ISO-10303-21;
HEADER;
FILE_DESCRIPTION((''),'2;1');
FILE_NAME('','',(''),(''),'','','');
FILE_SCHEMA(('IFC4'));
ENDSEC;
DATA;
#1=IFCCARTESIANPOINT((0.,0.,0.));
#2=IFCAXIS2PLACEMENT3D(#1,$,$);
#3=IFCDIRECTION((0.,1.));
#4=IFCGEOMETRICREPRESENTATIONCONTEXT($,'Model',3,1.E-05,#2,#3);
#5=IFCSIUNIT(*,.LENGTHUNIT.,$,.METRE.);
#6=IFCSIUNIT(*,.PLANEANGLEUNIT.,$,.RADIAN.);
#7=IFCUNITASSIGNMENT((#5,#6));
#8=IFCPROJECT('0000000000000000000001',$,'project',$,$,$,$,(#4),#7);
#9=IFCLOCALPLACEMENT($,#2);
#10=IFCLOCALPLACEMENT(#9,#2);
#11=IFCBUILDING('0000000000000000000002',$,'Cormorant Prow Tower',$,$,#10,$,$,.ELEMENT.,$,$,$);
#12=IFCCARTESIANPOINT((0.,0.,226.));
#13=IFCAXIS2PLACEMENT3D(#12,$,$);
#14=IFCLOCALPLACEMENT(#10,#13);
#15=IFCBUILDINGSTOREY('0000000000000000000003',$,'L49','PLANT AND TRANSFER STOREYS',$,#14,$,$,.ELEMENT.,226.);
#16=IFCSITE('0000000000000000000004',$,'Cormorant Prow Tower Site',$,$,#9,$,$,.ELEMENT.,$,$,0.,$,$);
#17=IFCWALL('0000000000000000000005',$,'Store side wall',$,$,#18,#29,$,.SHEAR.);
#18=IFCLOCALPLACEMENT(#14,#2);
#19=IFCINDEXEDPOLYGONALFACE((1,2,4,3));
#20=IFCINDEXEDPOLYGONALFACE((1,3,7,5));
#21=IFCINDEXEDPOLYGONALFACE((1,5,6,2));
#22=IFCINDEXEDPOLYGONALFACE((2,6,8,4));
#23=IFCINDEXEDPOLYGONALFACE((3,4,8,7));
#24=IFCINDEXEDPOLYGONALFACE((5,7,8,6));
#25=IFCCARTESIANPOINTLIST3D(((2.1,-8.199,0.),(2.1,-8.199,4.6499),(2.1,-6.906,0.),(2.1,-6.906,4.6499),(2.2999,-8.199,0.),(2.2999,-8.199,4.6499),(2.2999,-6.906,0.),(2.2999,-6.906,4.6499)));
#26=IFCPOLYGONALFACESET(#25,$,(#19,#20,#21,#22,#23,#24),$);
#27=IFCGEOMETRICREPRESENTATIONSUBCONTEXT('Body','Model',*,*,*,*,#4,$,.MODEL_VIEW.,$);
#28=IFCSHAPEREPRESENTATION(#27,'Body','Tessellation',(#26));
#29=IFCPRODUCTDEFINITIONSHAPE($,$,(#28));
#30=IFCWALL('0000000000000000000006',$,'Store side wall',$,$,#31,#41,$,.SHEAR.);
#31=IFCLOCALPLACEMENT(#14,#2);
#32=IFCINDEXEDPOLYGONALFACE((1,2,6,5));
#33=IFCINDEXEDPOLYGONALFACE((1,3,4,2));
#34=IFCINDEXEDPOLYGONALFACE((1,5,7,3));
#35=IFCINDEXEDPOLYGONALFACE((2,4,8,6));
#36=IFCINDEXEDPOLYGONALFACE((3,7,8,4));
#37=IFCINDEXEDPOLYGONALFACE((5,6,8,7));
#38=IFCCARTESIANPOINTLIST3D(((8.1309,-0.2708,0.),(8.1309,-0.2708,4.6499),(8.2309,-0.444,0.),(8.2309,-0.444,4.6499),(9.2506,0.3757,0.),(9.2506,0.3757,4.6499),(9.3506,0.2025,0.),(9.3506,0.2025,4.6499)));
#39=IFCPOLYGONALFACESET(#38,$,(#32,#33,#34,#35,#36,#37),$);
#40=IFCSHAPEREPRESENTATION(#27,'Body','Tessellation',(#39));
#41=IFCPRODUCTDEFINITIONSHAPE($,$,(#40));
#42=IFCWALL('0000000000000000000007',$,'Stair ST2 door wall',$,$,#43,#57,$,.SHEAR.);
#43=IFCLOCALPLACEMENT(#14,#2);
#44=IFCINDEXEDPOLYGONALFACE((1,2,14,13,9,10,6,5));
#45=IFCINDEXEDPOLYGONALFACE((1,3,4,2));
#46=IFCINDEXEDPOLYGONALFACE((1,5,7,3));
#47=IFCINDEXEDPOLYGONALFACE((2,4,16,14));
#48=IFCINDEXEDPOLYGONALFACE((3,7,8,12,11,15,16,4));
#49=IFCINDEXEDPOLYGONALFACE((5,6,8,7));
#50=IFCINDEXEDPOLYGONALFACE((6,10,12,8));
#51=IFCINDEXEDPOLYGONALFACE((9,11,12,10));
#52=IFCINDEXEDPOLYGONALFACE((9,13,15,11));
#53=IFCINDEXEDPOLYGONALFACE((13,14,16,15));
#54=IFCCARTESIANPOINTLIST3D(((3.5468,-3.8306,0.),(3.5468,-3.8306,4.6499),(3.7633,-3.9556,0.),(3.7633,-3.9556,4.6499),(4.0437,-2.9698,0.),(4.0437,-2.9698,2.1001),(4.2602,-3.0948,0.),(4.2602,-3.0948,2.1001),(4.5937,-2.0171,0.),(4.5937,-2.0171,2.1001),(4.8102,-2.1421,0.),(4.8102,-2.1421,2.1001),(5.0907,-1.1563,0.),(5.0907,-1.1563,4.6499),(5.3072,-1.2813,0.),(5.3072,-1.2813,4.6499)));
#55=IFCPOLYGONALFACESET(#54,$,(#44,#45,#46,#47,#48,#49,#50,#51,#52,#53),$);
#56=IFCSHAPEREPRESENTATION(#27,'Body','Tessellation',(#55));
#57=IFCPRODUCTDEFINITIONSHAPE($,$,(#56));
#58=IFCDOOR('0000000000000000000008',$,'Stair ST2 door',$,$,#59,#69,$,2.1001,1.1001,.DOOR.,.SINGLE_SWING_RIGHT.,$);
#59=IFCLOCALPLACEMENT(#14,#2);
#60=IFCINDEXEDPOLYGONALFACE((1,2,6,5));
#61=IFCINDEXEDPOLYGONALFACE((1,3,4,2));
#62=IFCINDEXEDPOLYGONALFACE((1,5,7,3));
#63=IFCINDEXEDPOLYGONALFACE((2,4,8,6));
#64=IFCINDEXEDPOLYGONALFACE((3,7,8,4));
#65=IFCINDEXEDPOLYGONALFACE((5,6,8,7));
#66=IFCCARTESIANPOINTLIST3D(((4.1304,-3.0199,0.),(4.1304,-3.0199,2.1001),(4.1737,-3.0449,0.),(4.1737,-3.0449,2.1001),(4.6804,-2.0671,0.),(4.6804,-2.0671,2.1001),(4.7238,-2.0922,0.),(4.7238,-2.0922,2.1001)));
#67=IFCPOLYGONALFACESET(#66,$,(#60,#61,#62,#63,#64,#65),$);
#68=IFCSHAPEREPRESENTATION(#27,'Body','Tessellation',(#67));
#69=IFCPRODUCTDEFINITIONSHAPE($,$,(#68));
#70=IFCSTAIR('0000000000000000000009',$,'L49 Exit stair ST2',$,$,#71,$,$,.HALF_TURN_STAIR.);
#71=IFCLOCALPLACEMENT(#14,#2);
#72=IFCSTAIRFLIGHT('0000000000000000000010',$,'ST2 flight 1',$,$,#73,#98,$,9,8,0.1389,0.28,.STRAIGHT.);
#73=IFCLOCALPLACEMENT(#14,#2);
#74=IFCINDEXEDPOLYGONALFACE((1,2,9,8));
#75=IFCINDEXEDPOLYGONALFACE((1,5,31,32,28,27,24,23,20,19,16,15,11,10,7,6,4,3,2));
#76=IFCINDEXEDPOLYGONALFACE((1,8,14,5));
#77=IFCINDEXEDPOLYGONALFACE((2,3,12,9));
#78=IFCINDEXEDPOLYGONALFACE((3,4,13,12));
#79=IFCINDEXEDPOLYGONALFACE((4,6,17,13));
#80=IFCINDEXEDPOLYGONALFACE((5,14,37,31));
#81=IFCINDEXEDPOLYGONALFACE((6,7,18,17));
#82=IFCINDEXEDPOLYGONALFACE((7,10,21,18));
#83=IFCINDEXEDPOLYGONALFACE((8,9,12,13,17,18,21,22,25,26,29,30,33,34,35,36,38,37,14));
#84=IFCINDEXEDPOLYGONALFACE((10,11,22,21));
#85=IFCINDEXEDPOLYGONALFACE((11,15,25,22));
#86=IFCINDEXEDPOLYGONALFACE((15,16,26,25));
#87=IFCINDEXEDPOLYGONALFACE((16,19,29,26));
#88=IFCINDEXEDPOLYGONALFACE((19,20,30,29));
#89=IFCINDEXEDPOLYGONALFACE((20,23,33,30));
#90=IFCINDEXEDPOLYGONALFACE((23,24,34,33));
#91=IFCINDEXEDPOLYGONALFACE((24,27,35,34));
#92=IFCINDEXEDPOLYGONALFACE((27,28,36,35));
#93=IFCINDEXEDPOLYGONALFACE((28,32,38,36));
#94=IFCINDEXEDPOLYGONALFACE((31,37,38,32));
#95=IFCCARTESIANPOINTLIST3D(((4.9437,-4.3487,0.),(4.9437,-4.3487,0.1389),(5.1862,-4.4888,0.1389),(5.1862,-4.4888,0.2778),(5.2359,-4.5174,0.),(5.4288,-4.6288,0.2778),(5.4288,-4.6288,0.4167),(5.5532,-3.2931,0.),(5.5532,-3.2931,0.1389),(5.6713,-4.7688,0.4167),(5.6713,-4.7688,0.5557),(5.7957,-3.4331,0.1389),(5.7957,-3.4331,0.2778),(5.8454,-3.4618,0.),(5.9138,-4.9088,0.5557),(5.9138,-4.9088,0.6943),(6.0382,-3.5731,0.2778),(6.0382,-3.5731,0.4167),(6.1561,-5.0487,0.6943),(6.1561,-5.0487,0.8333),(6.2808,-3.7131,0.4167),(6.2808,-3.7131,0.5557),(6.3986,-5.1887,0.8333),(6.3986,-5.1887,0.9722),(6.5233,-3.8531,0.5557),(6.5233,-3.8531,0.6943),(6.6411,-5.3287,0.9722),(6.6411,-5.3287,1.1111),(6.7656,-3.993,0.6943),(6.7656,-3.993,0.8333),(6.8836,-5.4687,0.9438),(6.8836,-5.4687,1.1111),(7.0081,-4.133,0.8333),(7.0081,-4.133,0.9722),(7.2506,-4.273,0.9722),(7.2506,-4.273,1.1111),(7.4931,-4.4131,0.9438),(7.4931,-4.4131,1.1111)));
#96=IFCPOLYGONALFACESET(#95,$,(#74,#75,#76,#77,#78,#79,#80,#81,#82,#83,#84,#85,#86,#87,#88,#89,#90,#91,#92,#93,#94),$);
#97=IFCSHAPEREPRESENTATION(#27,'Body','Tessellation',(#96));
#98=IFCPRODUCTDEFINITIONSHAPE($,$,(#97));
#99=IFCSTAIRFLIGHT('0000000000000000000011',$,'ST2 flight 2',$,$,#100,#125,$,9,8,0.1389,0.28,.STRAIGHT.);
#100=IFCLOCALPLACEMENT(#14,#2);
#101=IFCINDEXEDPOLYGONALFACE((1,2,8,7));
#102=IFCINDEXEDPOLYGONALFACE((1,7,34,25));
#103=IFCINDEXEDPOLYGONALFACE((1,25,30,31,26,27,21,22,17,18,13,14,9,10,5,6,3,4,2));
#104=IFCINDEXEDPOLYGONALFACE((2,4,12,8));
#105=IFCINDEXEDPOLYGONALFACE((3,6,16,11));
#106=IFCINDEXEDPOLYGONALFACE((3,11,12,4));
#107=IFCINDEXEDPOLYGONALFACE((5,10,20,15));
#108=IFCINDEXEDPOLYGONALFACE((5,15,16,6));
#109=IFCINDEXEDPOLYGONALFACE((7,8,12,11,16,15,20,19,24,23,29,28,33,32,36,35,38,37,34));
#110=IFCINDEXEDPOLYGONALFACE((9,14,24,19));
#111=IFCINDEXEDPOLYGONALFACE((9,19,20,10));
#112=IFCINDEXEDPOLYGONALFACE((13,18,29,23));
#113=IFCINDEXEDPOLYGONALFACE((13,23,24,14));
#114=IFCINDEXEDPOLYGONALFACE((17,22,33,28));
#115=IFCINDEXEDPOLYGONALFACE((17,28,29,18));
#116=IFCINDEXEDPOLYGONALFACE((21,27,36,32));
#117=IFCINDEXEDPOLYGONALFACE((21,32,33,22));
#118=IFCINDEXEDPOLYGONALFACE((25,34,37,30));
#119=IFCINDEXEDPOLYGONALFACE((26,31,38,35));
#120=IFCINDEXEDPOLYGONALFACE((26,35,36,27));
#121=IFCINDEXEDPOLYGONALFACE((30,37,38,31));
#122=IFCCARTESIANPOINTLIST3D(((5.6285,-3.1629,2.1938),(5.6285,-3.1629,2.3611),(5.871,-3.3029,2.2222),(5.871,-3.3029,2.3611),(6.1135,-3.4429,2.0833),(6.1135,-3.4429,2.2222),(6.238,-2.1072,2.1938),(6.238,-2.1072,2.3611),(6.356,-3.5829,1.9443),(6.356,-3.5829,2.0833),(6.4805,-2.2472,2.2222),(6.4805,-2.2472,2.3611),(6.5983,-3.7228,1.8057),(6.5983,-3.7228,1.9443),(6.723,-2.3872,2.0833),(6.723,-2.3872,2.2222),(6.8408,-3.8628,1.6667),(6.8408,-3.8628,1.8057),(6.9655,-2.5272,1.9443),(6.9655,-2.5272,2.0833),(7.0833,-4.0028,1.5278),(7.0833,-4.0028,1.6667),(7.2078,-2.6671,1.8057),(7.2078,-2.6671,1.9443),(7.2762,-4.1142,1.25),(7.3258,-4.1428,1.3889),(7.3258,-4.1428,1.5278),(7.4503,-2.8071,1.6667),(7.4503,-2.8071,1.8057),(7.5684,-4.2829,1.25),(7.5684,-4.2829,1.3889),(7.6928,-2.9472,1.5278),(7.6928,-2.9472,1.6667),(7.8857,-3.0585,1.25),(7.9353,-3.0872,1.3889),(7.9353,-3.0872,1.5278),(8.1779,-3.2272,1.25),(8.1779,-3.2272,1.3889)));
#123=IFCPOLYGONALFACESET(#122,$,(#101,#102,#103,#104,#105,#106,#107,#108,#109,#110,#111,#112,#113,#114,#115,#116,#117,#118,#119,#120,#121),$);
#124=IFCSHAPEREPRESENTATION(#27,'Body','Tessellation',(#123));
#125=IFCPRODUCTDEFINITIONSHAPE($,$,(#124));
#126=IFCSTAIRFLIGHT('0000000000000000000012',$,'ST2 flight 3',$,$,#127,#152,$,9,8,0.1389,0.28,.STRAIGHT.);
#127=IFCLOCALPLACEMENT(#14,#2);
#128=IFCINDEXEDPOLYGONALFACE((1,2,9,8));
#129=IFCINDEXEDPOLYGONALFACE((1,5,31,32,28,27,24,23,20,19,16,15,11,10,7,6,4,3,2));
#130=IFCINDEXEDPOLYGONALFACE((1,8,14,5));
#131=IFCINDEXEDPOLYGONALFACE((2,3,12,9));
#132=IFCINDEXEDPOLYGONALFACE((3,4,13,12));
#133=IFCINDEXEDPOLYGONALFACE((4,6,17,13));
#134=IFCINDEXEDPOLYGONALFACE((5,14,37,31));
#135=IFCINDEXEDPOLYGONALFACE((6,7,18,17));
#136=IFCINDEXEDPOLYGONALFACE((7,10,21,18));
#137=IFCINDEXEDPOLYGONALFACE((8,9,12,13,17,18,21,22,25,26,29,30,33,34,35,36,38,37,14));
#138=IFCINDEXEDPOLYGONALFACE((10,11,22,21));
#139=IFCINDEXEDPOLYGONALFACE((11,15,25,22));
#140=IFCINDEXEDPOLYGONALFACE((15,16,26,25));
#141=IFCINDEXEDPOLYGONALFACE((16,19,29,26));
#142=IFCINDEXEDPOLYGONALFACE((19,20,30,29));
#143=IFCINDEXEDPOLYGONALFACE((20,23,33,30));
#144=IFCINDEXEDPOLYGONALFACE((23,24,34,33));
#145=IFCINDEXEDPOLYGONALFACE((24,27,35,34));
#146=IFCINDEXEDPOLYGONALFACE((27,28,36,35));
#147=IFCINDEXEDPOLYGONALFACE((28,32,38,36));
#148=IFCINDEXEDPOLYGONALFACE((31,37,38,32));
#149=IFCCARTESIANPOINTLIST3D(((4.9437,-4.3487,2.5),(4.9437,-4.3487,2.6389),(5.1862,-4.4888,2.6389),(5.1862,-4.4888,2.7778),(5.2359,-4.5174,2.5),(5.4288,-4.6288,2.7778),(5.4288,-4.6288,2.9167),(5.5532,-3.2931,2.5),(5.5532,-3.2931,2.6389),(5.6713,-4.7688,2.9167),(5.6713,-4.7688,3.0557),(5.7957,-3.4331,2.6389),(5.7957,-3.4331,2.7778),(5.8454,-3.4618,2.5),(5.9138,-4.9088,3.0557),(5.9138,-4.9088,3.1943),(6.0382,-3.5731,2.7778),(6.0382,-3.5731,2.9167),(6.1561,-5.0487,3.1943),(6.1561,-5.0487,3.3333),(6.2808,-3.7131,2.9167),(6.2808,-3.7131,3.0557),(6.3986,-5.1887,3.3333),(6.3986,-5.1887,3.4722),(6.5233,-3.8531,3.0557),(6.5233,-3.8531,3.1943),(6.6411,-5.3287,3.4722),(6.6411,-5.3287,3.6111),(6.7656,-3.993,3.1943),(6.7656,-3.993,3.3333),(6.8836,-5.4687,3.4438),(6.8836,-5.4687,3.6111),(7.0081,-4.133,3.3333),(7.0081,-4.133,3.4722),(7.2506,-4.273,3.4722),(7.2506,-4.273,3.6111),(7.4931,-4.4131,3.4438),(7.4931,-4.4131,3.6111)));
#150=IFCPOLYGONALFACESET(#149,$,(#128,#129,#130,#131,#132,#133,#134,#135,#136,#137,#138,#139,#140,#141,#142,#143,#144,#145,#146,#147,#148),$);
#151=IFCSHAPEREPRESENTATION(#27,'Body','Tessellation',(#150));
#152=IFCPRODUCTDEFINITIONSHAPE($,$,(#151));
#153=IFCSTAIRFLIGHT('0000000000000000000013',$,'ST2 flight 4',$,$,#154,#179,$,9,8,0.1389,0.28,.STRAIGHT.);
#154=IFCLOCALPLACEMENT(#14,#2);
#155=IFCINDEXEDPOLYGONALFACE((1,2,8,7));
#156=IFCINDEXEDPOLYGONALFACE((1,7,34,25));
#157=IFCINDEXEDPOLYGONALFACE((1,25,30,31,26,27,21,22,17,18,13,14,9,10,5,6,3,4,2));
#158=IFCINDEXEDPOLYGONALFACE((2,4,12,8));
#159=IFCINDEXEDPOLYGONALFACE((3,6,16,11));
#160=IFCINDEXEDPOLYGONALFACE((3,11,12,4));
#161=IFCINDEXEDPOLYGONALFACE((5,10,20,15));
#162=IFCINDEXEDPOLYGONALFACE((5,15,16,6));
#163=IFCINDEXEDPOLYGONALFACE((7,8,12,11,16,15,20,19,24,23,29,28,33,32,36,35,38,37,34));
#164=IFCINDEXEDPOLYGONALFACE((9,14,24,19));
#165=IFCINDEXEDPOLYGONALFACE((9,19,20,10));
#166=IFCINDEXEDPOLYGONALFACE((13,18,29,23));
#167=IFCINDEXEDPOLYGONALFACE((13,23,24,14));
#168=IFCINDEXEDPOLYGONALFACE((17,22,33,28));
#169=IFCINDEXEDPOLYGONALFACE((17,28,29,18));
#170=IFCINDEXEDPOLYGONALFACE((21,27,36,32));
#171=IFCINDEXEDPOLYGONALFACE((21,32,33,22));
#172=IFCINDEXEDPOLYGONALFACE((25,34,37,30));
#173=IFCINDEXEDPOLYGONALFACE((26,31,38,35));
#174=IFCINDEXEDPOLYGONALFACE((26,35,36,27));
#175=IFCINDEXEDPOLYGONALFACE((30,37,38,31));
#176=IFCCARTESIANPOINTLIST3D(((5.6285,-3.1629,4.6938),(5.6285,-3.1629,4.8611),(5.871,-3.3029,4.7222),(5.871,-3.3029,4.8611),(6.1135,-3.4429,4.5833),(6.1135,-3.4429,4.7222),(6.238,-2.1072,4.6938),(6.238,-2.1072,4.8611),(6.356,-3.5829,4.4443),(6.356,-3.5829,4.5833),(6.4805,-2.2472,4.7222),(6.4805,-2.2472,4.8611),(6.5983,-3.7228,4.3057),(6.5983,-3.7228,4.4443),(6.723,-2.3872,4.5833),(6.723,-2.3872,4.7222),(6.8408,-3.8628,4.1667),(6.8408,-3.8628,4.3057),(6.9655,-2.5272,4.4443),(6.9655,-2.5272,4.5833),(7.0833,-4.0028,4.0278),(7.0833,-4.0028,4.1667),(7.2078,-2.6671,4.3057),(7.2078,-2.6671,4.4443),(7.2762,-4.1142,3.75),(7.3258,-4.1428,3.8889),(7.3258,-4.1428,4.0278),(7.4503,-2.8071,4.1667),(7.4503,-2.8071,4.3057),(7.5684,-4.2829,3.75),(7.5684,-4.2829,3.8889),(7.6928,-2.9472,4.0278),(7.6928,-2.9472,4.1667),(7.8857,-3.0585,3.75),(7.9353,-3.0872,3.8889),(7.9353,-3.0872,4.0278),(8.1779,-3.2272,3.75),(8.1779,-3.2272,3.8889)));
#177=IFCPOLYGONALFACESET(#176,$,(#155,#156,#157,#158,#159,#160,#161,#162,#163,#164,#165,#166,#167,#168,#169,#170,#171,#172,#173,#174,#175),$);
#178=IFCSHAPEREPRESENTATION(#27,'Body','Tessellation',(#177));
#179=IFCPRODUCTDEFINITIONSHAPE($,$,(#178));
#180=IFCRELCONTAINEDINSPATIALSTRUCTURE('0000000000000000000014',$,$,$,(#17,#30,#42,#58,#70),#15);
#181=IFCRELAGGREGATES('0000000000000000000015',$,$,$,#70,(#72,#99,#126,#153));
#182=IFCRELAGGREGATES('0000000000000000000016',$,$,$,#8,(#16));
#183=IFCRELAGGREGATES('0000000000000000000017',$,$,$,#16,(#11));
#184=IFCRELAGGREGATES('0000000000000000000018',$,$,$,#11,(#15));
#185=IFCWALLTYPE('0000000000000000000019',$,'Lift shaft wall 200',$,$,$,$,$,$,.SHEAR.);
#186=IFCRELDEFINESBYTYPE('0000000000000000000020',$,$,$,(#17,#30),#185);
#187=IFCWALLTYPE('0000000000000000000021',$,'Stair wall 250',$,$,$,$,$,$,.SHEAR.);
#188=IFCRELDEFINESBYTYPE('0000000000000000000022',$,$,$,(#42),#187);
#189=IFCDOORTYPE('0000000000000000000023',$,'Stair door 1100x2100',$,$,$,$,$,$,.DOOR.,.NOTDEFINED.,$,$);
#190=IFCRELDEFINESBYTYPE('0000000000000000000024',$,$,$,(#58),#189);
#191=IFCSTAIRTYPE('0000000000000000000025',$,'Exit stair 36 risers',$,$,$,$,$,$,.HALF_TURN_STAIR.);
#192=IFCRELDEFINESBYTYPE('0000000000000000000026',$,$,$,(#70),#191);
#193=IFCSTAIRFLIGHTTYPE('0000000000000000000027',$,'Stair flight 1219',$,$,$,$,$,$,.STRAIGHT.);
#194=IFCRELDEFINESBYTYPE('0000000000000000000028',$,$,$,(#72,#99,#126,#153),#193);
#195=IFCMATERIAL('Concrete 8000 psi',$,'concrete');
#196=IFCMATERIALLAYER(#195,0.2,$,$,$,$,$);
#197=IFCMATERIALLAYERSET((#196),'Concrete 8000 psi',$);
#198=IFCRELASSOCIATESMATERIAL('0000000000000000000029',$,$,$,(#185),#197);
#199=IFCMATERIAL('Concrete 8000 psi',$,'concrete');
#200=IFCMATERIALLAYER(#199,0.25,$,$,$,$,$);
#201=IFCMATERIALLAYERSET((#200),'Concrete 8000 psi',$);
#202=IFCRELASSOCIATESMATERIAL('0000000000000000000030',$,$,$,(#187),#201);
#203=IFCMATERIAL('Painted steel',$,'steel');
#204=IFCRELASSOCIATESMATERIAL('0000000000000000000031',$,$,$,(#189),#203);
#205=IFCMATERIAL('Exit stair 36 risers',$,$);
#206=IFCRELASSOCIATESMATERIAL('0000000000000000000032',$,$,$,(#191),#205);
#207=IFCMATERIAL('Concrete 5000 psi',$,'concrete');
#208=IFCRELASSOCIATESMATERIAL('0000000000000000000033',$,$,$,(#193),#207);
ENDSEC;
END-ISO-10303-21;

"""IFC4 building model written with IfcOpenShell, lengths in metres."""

from ifc_helpers import new_model, si_unit, direction, frame, frame_2d, origin, place, context, subcontext, project, spatial, polyline, rectangle, outline, extrude, material, layer, layer_set, type_object, element, fill, aggregate, save


model = new_model("IFC4")

# Units and contexts
model_context = context("Model", 3, precision=1e-05, world=origin(), true_north=direction((0.0, 1.0)))
body_context = subcontext(model_context, "Body", "Model", "MODEL_VIEW")
ifc_project = project(units=[si_unit("LENGTHUNIT", "METRE"), si_unit("PLANEANGLEUNIT", "RADIAN")], contexts=[model_context])

# Site, building, storey
site_placement = place(None, origin())
site = spatial("IfcSite", under=ifc_project, at=site_placement, Name="Cormorant Prow Tower Site", CompositionType="ELEMENT", RefElevation=0.0)
building_placement = place(site_placement, origin())
building = spatial("IfcBuilding", under=site, at=building_placement, Name="Cormorant Prow Tower", CompositionType="ELEMENT")
storey_placement = place(building_placement, frame((0.0, 0.0, 226.0)))
storey = spatial("IfcBuildingStorey", under=building, at=storey_placement, Name="L49", Description="PLANT AND TRANSFER STOREYS", CompositionType="ELEMENT", Elevation=226.0)

# Walls
ifc_material_1 = material(Name="Concrete 8000 psi", Category="concrete")
ifc_layer_1 = layer(ifc_material_1, 0.2)
ifc_layer_set_1 = layer_set([ifc_layer_1], Name="Concrete 8000 psi")
wall_type_1 = type_object("IfcWallType", Name="Lift shaft wall 200", PredefinedType="SHEAR", material=ifc_layer_set_1)
for number, where, z_axis, x_axis, name in (
    (1, (2.2, -6.906, 0.0), (0.0, 0.0, 1.0), (0.0, -1.0, 0.0), "Store side wall"),
    (2, (8.1809, -0.3574, 0.0), (0.0, 0.0, 1.0), (0.866003, 0.500038, 0.0), "Store side wall"),
):
    element("IfcWall", number, at=place(storey_placement, frame(where, z_axis=z_axis, x_axis=x_axis)), inside=storey, type_object=wall_type_1, Name=name, PredefinedType="SHEAR", context=body_context, shape_type="SweptSolid", body=[
        extrude(rectangle(XDim=1.293, YDim=0.2, at=frame_2d((0.6465, 0.0))), origin(), (0.0, 0.0, 1.0), 4.6499),
    ])

# Wall, opening, door
ifc_material_2 = material(Name="Concrete 8000 psi", Category="concrete")
ifc_layer_2 = layer(ifc_material_2, 0.25)
ifc_layer_set_2 = layer_set([ifc_layer_2], Name="Concrete 8000 psi")
wall_type_2 = type_object("IfcWallType", Name="Stair wall 250", PredefinedType="SHEAR", material=ifc_layer_set_2)
wall_1_placement = place(storey_placement, frame((3.655, -3.8931, 0.0), z_axis=(0.0, 0.0, 1.0), x_axis=(0.499983, 0.866035, 0.0)))
wall_1 = element("IfcWall", 3, at=wall_1_placement, inside=storey, type_object=wall_type_2, Name="Stair ST2 door wall", PredefinedType="SHEAR", context=body_context, shape_type="SweptSolid", body=[
    extrude(rectangle(XDim=3.0879, YDim=0.25, at=frame_2d((1.5439, 0.0))), origin(), (0.0, 0.0, 1.0), 4.6499),
])
opening_1_placement = place(wall_1_placement, frame((0.9939, 0.0, 0.0)))
opening_1 = element("IfcOpeningElement", 4, at=opening_1_placement, cuts=wall_1, PredefinedType="OPENING", context=body_context, shape_type="SweptSolid", body=[
    extrude(rectangle(XDim=1.1001, YDim=2.1001, at=frame_2d((0.55, 1.05))), frame((0.0, 0.135, 0.0), z_axis=(0.0, -1.0, 0.0), x_axis=(1.0, 0.0, 0.0)), (0.0, 0.0, 1.0), 0.27),
])
ifc_material_3 = material(Name="Painted steel", Category="steel")
door_type_1 = type_object("IfcDoorType", Name="Stair door 1100x2100", OperationType="NOTDEFINED", PredefinedType="DOOR", material=ifc_material_3)
door_1_placement = place(opening_1_placement, origin())
door_1 = element("IfcDoor", 5, at=door_1_placement, inside=storey, type_object=door_type_1, Name="Stair ST2 door", OperationType="SINGLE_SWING_RIGHT", OverallHeight=2.1001, OverallWidth=1.1001, PredefinedType="DOOR", context=body_context, shape_type="SweptSolid", body=[
    extrude(rectangle(XDim=1.1001, YDim=2.1001, at=frame_2d((0.55, 1.05))), frame((0.0, 0.0249, 0.0), z_axis=(0.0, -1.0, 0.0), x_axis=(1.0, 0.0, 0.0)), (0.0, 0.0, 1.0), 0.05),
])
fill(opening_1, door_1)

# Stair, stair flights
ifc_material_4 = material(Name="Exit stair 36 risers")
stair_type = type_object("IfcStairType", Name="Exit stair 36 risers", PredefinedType="HALF_TURN_STAIR", material=ifc_material_4)
stair_placement = place(storey_placement, origin())
stair = element("IfcStair", 6, at=stair_placement, inside=storey, type_object=stair_type, Name="L49 Exit stair ST2", PredefinedType="HALF_TURN_STAIR")
ifc_material_5 = material(Name="Concrete 5000 psi", Category="concrete")
stair_flight_type = type_object("IfcStairFlightType", Name="Stair flight 1219", PredefinedType="STRAIGHT", material=ifc_material_5)
stair_flight_1_placement = place(storey_placement, frame((5.2485, -3.8208, 0.0), z_axis=(0.0, 0.0, 1.0), x_axis=(0.866025, -0.5, 0.0)))
stair_flight_1 = element("IfcStairFlight", 7, at=stair_flight_1_placement, type_object=stair_flight_type, Name="ST2 flight 1", NumberOfRisers=9, NumberOfTreads=8, PredefinedType="STRAIGHT", RiserHeight=0.1389, TreadLength=0.28, context=body_context, shape_type="SweptSolid", body=[
    extrude(outline(polyline([(0.0, 0.0), (0.0, 0.1389), (0.28, 0.1389), (0.28, 0.2778), (0.5601, 0.2778), (0.5601, 0.4167), (0.8401, 0.4167), (0.8401, 0.5557), (1.1201, 0.5557), (1.1201, 0.6943), (1.3999, 0.6943), (1.3999, 0.8333), (1.6799, 0.8333), (1.6799, 0.9722), (1.96, 0.9722), (1.96, 1.1111), (2.24, 1.1111), (2.24, 1.25), (2.24, 0.9438), (0.3374, 0.0), (0.0, 0.0)])), frame((0.0, 0.6094, 0.0), z_axis=(0.0, -1.0, 0.0), x_axis=(1.0, 0.0, 0.0)), (0.0, 0.0, 1.0), 1.219),
])
stair_flight_2_placement = place(storey_placement, frame((7.873, -3.7551, 1.25), z_axis=(0.0, 0.0, 1.0), x_axis=(-0.866025, 0.5, 0.0)))
stair_flight_2 = element("IfcStairFlight", 8, at=stair_flight_2_placement, type_object=stair_flight_type, Name="ST2 flight 2", NumberOfRisers=9, NumberOfTreads=8, PredefinedType="STRAIGHT", RiserHeight=0.1389, TreadLength=0.28, context=body_context, shape_type="SweptSolid", body=[
    extrude(outline(polyline([(0.0, 0.0), (0.0, 0.1389), (0.28, 0.1389), (0.28, 0.2778), (0.5601, 0.2778), (0.5601, 0.4167), (0.8401, 0.4167), (0.8401, 0.5557), (1.1201, 0.5557), (1.1201, 0.6943), (1.3999, 0.6943), (1.3999, 0.8333), (1.6799, 0.8333), (1.6799, 0.9722), (1.96, 0.9722), (1.96, 1.1111), (2.24, 1.1111), (2.24, 1.25), (2.24, 0.9438), (0.3374, 0.0), (0.0, 0.0)])), frame((0.0, 0.6094, 0.0), z_axis=(0.0, -1.0, 0.0), x_axis=(1.0, 0.0, 0.0)), (0.0, 0.0, 1.0), 1.219),
])
stair_flight_3_placement = place(storey_placement, frame((5.2485, -3.8208, 2.5), z_axis=(0.0, 0.0, 1.0), x_axis=(0.866025, -0.5, 0.0)))
stair_flight_3 = element("IfcStairFlight", 9, at=stair_flight_3_placement, type_object=stair_flight_type, Name="ST2 flight 3", NumberOfRisers=9, NumberOfTreads=8, PredefinedType="STRAIGHT", RiserHeight=0.1389, TreadLength=0.28, context=body_context, shape_type="SweptSolid", body=[
    extrude(outline(polyline([(0.0, 0.0), (0.0, 0.1389), (0.28, 0.1389), (0.28, 0.2778), (0.5601, 0.2778), (0.5601, 0.4167), (0.8401, 0.4167), (0.8401, 0.5557), (1.1201, 0.5557), (1.1201, 0.6943), (1.3999, 0.6943), (1.3999, 0.8333), (1.6799, 0.8333), (1.6799, 0.9722), (1.96, 0.9722), (1.96, 1.1111), (2.24, 1.1111), (2.24, 1.25), (2.24, 0.9438), (0.3374, 0.0), (0.0, 0.0)])), frame((0.0, 0.6094, 0.0), z_axis=(0.0, -1.0, 0.0), x_axis=(1.0, 0.0, 0.0)), (0.0, 0.0, 1.0), 1.219),
])
stair_flight_4_placement = place(storey_placement, frame((7.873, -3.7551, 3.75), z_axis=(0.0, 0.0, 1.0), x_axis=(-0.866025, 0.5, 0.0)))
stair_flight_4 = element("IfcStairFlight", 10, at=stair_flight_4_placement, type_object=stair_flight_type, Name="ST2 flight 4", NumberOfRisers=9, NumberOfTreads=8, PredefinedType="STRAIGHT", RiserHeight=0.1389, TreadLength=0.28, context=body_context, shape_type="SweptSolid", body=[
    extrude(outline(polyline([(0.0, 0.0), (0.0, 0.1389), (0.28, 0.1389), (0.28, 0.2778), (0.5601, 0.2778), (0.5601, 0.4167), (0.8401, 0.4167), (0.8401, 0.5557), (1.1201, 0.5557), (1.1201, 0.6943), (1.3999, 0.6943), (1.3999, 0.8333), (1.6799, 0.8333), (1.6799, 0.9722), (1.96, 0.9722), (1.96, 1.1111), (2.24, 1.1111), (2.24, 1.25), (2.24, 0.9438), (0.3374, 0.0), (0.0, 0.0)])), frame((0.0, 0.6094, 0.0), z_axis=(0.0, -1.0, 0.0), x_axis=(1.0, 0.0, 0.0)), (0.0, 0.0, 1.0), 1.219),
])
aggregate(stair, [stair_flight_1, stair_flight_2, stair_flight_3, stair_flight_4])

save(model, "model.ifc")
